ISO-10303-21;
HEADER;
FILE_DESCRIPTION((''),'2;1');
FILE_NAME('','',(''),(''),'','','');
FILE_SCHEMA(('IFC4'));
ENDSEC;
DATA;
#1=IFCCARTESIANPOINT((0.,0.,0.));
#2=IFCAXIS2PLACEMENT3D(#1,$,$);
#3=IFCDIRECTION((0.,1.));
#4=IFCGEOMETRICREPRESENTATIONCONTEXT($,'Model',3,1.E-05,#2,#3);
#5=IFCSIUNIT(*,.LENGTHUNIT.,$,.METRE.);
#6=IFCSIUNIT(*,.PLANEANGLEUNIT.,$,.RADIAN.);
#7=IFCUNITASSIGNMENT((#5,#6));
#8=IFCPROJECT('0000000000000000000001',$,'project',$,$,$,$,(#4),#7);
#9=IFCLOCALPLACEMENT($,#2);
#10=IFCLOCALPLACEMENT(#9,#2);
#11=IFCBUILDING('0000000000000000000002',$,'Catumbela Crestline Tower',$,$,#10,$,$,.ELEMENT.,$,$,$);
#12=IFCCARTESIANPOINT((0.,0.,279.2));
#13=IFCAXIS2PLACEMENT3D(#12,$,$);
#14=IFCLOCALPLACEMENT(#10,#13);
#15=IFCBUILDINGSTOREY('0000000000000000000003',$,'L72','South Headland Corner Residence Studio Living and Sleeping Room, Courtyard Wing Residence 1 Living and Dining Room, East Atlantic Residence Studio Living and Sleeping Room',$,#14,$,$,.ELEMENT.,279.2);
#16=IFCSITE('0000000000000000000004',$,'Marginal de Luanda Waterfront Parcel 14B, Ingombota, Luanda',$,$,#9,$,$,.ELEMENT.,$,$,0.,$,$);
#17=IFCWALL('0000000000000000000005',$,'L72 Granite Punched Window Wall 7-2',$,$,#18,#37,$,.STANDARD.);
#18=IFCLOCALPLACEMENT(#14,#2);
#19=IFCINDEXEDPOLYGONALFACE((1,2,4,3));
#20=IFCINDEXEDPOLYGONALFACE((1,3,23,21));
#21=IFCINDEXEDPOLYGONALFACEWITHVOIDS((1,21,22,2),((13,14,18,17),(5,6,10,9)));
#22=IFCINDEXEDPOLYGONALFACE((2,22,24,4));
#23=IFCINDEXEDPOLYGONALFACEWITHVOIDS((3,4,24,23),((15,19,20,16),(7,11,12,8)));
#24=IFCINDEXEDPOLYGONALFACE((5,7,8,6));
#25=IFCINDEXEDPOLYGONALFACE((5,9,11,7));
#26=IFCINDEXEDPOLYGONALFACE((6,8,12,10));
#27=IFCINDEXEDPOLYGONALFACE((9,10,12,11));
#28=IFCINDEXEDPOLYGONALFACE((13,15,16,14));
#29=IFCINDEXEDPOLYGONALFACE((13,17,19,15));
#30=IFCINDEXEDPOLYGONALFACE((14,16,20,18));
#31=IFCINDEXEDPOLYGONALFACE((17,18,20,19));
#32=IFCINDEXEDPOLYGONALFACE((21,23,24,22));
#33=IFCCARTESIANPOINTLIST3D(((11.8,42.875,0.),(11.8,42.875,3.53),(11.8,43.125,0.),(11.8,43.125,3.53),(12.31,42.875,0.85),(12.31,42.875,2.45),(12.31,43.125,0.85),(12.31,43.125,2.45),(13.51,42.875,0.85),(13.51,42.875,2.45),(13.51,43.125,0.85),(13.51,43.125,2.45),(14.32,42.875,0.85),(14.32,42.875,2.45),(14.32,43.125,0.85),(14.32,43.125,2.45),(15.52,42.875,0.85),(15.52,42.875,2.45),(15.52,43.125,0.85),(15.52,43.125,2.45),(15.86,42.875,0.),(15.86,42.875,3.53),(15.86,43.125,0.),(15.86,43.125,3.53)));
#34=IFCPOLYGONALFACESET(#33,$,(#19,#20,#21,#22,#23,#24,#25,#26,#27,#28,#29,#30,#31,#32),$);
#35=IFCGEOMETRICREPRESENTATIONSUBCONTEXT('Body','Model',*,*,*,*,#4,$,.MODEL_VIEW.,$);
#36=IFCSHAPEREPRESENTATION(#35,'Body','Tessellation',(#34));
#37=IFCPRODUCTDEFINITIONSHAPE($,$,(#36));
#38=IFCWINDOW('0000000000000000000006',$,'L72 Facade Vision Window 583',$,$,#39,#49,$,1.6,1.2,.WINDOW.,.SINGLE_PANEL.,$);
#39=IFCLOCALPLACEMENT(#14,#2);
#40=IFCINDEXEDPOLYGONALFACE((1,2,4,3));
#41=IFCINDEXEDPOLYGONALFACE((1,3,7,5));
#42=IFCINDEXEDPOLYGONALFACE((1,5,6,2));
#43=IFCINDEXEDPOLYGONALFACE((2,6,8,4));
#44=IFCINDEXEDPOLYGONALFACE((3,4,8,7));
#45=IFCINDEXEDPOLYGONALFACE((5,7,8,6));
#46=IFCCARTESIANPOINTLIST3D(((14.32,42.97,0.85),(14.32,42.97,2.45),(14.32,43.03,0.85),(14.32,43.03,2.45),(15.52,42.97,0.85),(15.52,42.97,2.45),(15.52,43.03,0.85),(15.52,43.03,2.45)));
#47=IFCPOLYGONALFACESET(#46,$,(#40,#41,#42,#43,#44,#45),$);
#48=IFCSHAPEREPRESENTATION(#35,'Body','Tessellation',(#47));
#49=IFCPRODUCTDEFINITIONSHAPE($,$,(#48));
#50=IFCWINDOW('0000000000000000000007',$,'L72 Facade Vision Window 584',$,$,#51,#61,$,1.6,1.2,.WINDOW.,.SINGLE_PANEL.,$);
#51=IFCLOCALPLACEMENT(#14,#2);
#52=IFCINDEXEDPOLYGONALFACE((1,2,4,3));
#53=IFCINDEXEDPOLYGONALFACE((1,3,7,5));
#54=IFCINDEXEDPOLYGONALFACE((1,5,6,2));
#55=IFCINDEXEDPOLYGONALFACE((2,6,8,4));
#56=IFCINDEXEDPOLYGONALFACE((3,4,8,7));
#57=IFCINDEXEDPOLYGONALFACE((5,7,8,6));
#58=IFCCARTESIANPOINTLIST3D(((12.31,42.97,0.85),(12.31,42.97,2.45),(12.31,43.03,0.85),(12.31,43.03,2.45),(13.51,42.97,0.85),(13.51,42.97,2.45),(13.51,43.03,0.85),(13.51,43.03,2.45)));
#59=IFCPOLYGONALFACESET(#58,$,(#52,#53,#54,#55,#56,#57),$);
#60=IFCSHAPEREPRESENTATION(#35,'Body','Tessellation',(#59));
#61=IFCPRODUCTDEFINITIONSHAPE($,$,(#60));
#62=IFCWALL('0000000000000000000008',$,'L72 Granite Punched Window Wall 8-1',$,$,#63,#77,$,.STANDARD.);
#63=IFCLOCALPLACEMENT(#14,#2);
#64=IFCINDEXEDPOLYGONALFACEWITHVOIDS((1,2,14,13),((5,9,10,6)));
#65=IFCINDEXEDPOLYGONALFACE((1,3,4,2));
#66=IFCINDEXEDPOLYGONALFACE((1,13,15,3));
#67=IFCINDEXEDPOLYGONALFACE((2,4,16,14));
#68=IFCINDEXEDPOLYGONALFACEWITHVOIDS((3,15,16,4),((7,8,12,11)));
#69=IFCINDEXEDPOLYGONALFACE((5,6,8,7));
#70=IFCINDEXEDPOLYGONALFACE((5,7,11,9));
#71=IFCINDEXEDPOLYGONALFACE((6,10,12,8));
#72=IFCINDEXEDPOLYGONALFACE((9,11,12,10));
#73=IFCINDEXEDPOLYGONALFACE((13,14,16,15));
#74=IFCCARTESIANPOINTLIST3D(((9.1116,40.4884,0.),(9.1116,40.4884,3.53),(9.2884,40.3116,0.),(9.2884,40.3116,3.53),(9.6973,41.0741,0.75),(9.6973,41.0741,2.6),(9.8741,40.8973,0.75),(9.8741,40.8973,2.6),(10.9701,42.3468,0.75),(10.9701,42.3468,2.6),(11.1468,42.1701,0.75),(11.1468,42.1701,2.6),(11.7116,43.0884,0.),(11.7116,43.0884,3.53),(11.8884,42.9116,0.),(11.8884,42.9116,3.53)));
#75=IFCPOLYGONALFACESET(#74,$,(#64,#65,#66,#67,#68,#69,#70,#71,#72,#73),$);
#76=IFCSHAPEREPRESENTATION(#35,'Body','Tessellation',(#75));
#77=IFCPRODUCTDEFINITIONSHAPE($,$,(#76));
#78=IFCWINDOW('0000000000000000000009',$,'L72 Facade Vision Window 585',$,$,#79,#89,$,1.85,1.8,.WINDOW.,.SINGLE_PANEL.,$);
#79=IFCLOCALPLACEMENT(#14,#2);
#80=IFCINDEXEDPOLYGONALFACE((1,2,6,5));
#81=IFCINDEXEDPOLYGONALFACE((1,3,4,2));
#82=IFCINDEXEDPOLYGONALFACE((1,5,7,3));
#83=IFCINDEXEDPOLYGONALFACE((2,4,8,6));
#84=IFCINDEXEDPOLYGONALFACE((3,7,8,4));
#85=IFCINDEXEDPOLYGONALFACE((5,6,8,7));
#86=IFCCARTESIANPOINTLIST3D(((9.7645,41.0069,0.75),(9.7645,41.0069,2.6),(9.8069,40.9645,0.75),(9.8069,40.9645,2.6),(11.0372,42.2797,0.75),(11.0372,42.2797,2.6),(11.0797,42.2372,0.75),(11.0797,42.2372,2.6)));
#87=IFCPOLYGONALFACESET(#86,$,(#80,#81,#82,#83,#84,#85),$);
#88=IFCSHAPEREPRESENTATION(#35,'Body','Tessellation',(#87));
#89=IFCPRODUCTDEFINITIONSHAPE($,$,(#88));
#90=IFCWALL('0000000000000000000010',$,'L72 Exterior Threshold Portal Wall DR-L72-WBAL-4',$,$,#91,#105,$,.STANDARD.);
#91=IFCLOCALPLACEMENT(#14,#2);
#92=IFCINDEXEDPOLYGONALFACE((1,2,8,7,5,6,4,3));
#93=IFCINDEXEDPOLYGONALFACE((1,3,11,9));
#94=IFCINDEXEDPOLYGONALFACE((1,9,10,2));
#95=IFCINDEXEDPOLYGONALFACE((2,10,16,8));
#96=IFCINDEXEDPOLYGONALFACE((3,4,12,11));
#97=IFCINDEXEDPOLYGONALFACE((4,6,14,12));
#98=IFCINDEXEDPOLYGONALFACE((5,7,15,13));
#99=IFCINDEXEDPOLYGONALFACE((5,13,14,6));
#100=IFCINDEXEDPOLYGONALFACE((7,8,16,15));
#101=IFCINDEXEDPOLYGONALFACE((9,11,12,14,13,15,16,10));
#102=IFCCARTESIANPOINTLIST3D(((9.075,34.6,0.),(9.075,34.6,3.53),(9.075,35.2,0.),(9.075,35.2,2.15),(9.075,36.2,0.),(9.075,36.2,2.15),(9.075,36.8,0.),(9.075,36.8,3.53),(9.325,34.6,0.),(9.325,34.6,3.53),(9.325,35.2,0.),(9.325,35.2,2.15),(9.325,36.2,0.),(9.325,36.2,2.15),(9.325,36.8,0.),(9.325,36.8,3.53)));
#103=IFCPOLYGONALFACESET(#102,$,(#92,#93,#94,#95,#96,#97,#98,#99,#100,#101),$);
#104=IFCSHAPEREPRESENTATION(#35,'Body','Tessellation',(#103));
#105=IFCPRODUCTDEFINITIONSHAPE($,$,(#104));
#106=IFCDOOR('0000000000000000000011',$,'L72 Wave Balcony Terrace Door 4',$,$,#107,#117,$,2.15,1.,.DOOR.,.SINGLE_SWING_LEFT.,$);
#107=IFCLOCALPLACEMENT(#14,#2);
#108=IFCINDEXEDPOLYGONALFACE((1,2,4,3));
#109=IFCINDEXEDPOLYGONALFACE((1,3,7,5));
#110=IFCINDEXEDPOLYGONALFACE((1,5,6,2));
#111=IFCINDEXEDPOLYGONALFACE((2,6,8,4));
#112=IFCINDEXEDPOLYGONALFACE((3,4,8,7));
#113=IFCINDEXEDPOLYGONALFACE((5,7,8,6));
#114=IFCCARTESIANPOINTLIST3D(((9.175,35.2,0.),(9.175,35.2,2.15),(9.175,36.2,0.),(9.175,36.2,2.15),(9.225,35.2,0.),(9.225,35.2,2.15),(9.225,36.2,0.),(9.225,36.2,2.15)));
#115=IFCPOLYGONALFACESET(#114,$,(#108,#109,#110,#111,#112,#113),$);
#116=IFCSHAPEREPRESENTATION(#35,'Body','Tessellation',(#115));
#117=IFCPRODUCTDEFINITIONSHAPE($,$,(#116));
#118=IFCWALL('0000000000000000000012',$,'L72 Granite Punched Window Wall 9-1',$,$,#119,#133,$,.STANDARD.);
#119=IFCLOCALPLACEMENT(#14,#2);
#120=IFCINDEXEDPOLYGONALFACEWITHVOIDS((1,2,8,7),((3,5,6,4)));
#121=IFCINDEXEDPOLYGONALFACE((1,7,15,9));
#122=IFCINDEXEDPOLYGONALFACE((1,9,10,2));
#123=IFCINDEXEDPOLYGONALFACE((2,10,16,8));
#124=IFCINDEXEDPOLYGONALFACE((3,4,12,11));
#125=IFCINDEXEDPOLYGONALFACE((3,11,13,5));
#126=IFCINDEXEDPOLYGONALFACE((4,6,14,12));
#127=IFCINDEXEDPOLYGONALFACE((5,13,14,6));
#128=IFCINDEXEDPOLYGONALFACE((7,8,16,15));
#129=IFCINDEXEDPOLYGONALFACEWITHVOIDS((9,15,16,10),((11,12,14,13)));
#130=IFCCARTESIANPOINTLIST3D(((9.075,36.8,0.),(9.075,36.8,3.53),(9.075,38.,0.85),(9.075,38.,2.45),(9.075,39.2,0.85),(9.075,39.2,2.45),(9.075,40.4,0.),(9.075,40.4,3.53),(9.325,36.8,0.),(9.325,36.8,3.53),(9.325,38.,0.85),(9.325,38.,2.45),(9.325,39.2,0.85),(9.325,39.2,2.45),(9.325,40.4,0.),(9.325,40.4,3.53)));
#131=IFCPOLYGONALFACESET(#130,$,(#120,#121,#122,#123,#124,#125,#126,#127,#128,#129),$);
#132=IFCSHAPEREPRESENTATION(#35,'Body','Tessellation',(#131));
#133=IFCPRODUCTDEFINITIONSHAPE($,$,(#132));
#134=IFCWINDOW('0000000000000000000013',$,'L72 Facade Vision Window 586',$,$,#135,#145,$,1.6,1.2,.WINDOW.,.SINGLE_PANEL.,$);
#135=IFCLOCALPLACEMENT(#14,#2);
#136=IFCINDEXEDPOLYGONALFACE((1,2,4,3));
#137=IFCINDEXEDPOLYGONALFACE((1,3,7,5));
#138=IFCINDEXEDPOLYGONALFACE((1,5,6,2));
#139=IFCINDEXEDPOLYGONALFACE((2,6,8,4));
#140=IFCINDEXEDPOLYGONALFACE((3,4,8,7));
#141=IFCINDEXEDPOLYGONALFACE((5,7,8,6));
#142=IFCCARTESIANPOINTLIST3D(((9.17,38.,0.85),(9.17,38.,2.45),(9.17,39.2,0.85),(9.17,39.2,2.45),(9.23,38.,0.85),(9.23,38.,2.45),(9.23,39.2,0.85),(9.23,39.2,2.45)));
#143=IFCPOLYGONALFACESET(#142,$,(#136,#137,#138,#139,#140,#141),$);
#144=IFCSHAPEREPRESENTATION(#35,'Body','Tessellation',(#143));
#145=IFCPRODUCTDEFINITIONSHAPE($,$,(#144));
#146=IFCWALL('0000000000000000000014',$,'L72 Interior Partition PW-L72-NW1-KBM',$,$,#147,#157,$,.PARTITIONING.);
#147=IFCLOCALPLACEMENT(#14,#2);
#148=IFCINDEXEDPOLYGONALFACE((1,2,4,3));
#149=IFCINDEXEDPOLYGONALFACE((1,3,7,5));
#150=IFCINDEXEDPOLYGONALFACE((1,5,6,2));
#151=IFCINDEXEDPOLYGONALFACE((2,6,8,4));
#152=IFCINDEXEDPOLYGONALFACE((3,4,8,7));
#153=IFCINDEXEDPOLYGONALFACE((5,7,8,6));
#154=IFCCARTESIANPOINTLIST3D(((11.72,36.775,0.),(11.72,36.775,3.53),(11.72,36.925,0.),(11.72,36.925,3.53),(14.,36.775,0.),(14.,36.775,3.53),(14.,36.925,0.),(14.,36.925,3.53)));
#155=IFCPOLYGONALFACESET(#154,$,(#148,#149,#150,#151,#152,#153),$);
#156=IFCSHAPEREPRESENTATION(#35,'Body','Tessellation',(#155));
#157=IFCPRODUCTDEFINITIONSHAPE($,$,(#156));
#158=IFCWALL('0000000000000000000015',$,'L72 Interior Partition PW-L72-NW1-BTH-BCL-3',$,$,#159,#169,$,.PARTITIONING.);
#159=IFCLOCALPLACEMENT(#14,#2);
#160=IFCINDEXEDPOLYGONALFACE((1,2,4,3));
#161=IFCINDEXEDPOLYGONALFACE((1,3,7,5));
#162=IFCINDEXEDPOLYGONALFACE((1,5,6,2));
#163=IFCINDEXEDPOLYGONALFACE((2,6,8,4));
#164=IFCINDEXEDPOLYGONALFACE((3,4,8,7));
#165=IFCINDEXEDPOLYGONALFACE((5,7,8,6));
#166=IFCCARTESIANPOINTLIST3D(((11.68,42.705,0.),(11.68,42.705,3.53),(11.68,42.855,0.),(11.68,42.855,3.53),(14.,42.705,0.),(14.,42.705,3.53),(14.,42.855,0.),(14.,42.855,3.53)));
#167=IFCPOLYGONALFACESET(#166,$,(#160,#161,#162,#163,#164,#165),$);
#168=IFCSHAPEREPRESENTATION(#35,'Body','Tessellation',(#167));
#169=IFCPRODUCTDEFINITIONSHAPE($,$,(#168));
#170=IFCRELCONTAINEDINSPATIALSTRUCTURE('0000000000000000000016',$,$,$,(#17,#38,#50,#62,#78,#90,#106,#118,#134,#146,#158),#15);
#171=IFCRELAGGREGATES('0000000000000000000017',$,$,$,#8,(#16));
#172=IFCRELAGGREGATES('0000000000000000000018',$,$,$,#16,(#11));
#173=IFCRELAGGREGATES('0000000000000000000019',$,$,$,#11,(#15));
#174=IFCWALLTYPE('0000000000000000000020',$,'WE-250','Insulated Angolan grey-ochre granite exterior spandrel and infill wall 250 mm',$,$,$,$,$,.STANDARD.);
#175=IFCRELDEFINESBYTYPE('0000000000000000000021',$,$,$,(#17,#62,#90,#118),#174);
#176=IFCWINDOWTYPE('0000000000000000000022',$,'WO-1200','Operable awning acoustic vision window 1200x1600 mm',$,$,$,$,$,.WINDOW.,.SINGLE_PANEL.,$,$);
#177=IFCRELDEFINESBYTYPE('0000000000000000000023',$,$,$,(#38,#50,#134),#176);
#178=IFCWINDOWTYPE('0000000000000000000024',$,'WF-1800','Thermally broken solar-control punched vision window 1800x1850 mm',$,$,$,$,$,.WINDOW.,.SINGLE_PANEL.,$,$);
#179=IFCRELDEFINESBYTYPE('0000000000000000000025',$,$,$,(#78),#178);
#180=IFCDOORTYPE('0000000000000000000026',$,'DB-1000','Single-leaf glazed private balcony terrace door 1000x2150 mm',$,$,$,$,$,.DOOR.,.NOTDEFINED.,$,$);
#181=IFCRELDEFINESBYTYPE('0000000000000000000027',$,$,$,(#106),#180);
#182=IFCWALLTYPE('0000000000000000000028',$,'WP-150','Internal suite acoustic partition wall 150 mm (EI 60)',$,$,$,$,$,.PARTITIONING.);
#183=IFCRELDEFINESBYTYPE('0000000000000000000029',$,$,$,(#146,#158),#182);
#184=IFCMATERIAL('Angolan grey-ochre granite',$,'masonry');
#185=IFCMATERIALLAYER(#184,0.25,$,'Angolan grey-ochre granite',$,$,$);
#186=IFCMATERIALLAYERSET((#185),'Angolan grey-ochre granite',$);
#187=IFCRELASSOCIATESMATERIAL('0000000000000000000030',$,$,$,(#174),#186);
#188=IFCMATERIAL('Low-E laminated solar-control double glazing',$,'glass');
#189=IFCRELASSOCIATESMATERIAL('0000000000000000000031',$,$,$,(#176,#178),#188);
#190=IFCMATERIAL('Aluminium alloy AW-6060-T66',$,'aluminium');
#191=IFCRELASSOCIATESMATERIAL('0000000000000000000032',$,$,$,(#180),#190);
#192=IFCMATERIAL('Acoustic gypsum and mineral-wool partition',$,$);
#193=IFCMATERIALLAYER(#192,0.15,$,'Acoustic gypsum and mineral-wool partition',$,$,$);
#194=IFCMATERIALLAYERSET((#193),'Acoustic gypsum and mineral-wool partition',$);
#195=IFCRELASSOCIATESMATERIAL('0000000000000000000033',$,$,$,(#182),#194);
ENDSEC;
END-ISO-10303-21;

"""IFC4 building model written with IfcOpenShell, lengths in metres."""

from ifc_helpers import new_model, si_unit, direction, frame, frame_2d, origin, place, context, subcontext, project, spatial, rectangle, extrude, material, layer, layer_set, type_object, element, fill, save


model = new_model("IFC4")

# Units and contexts
model_context = context("Model", 3, precision=1e-05, world=origin(), true_north=direction((0.0, 1.0)))
body_context = subcontext(model_context, "Body", "Model", "MODEL_VIEW")
ifc_project = project(units=[si_unit("LENGTHUNIT", "METRE"), si_unit("PLANEANGLEUNIT", "RADIAN")], contexts=[model_context])

# Site, building, storey
site_placement = place(None, origin())
site = spatial("IfcSite", under=ifc_project, at=site_placement, Name="Marginal de Luanda Waterfront Parcel 14B, Ingombota, Luanda", CompositionType="ELEMENT", RefElevation=0.0)
building_placement = place(site_placement, origin())
building = spatial("IfcBuilding", under=site, at=building_placement, Name="Catumbela Crestline Tower", CompositionType="ELEMENT")
storey_placement = place(building_placement, frame((0.0, 0.0, 279.2)))
storey = spatial("IfcBuildingStorey", under=building, at=storey_placement, Name="L72", Description="South Headland Corner Residence Studio Living and Sleeping Room, Courtyard Wing Residence 1 Living and Dining Room, East Atlantic Residence Studio Living and Sleeping Room", CompositionType="ELEMENT", Elevation=279.2)

# Shared definitions
ifc_material_1 = material(Name="Aluminium alloy AW-6060-T66", Category="aluminium")
ifc_material_2 = material(Name="Low-E laminated solar-control double glazing", Category="glass")

# Wall, openings, windows
ifc_material_3 = material(Name="Angolan grey-ochre granite", Category="masonry")
ifc_layer_1 = layer(ifc_material_3, 0.25, Name="Angolan grey-ochre granite")
ifc_layer_set_1 = layer_set([ifc_layer_1], Name="Angolan grey-ochre granite")
wall_type_1 = type_object("IfcWallType", Name="WE-250", Description="Insulated Angolan grey-ochre granite exterior spandrel and infill wall 250 mm", PredefinedType="STANDARD", material=ifc_layer_set_1)
wall_1_placement = place(storey_placement, frame((15.86, 43.0, 0.0), z_axis=(0.0, 0.0, 1.0), x_axis=(-1.0, 0.0, 0.0)))
wall_1 = element("IfcWall", 1, at=wall_1_placement, inside=storey, type_object=wall_type_1, Name="L72 Granite Punched Window Wall 7-2", PredefinedType="STANDARD", context=body_context, shape_type="SweptSolid", body=[
    extrude(rectangle(XDim=4.06, YDim=0.25, at=frame_2d((2.03, 0.0))), origin(), (0.0, 0.0, 1.0), 3.53),
])
opening_1_placement = place(wall_1_placement, frame((0.34, 0.0, 0.85)))
opening_1 = element("IfcOpeningElement", 2, at=opening_1_placement, cuts=wall_1, PredefinedType="OPENING", context=body_context, shape_type="SweptSolid", body=[
    extrude(rectangle(XDim=1.2, YDim=1.6, at=frame_2d((0.6, 0.8))), frame((0.0, 0.135, 0.0), z_axis=(0.0, -1.0, 0.0), x_axis=(1.0, 0.0, 0.0)), (0.0, 0.0, 1.0), 0.27),
])
opening_2_placement = place(wall_1_placement, frame((2.35, 0.0, 0.85)))
opening_2 = element("IfcOpeningElement", 3, at=opening_2_placement, cuts=wall_1, PredefinedType="OPENING", context=body_context, shape_type="SweptSolid", body=[
    extrude(rectangle(XDim=1.2, YDim=1.6, at=frame_2d((0.6, 0.8))), frame((0.0, 0.135, 0.0), z_axis=(0.0, -1.0, 0.0), x_axis=(1.0, 0.0, 0.0)), (0.0, 0.0, 1.0), 0.27),
])
window_type_1 = type_object("IfcWindowType", Name="WO-1200", Description="Operable awning acoustic vision window 1200x1600 mm", PartitioningType="SINGLE_PANEL", PredefinedType="WINDOW", material=ifc_material_2)
window_1_placement = place(opening_1_placement, origin())
window_1 = element("IfcWindow", 4, at=window_1_placement, inside=storey, type_object=window_type_1, Name="L72 Facade Vision Window 583", OverallHeight=1.6, OverallWidth=1.2, PartitioningType="SINGLE_PANEL", PredefinedType="WINDOW", context=body_context, shape_type="SweptSolid", body=[
    extrude(rectangle(XDim=1.2, YDim=1.6, at=frame_2d((0.6, 0.8))), frame((0.0, 0.03, 0.0), z_axis=(0.0, -1.0, 0.0), x_axis=(1.0, 0.0, 0.0)), (0.0, 0.0, 1.0), 0.06),
])
fill(opening_1, window_1)
window_2_placement = place(opening_2_placement, origin())
window_2 = element("IfcWindow", 5, at=window_2_placement, inside=storey, type_object=window_type_1, Name="L72 Facade Vision Window 584", OverallHeight=1.6, OverallWidth=1.2, PartitioningType="SINGLE_PANEL", PredefinedType="WINDOW", context=body_context, shape_type="SweptSolid", body=[
    extrude(rectangle(XDim=1.2, YDim=1.6, at=frame_2d((0.6, 0.8))), frame((0.0, 0.03, 0.0), z_axis=(0.0, -1.0, 0.0), x_axis=(1.0, 0.0, 0.0)), (0.0, 0.0, 1.0), 0.06),
])
fill(opening_2, window_2)

# Wall, opening, window
wall_2_placement = place(storey_placement, frame((11.8, 43.0, 0.0), z_axis=(0.0, 0.0, 1.0), x_axis=(-0.707107, -0.707107, 0.0)))
wall_2 = element("IfcWall", 6, at=wall_2_placement, inside=storey, type_object=wall_type_1, Name="L72 Granite Punched Window Wall 8-1", PredefinedType="STANDARD", context=body_context, shape_type="SweptSolid", body=[
    extrude(rectangle(XDim=3.677, YDim=0.25, at=frame_2d((1.8385, 0.0))), origin(), (0.0, 0.0, 1.0), 3.53),
])
opening_3_placement = place(wall_2_placement, frame((1.0487, 0.0, 0.75)))
opening_3 = element("IfcOpeningElement", 7, at=opening_3_placement, cuts=wall_2, PredefinedType="OPENING", context=body_context, shape_type="SweptSolid", body=[
    extrude(rectangle(XDim=1.8, YDim=1.85, at=frame_2d((0.9, 0.925))), frame((0.0, 0.135, 0.0), z_axis=(0.0, -1.0, 0.0), x_axis=(1.0, 0.0, 0.0)), (0.0, 0.0, 1.0), 0.27),
])
window_type_2 = type_object("IfcWindowType", Name="WF-1800", Description="Thermally broken solar-control punched vision window 1800x1850 mm", PartitioningType="SINGLE_PANEL", PredefinedType="WINDOW", material=ifc_material_2)
window_3_placement = place(opening_3_placement, origin())
window_3 = element("IfcWindow", 8, at=window_3_placement, inside=storey, type_object=window_type_2, Name="L72 Facade Vision Window 585", OverallHeight=1.85, OverallWidth=1.8, PartitioningType="SINGLE_PANEL", PredefinedType="WINDOW", context=body_context, shape_type="SweptSolid", body=[
    extrude(rectangle(XDim=1.8, YDim=1.85, at=frame_2d((0.9, 0.925))), frame((0.0, 0.03, 0.0), z_axis=(0.0, -1.0, 0.0), x_axis=(1.0, 0.0, 0.0)), (0.0, 0.0, 1.0), 0.06),
])
fill(opening_3, window_3)

# Wall, opening, door
wall_3_placement = place(storey_placement, frame((9.2, 36.8, 0.0), z_axis=(0.0, 0.0, 1.0), x_axis=(0.0, -1.0, 0.0)))
wall_3 = element("IfcWall", 9, at=wall_3_placement, inside=storey, type_object=wall_type_1, Name="L72 Exterior Threshold Portal Wall DR-L72-WBAL-4", PredefinedType="STANDARD", context=body_context, shape_type="SweptSolid", body=[
    extrude(rectangle(XDim=2.2, YDim=0.25, at=frame_2d((1.1, 0.0))), origin(), (0.0, 0.0, 1.0), 3.53),
])
opening_4_placement = place(wall_3_placement, frame((0.6, 0.0, 0.0)))
opening_4 = element("IfcOpeningElement", 10, at=opening_4_placement, cuts=wall_3, PredefinedType="OPENING", context=body_context, shape_type="SweptSolid", body=[
    extrude(rectangle(XDim=1.0, YDim=2.15, at=frame_2d((0.5, 1.075))), frame((0.0, 0.135, 0.0), z_axis=(0.0, -1.0, 0.0), x_axis=(1.0, 0.0, 0.0)), (0.0, 0.0, 1.0), 0.27),
])
door_type = type_object("IfcDoorType", Name="DB-1000", Description="Single-leaf glazed private balcony terrace door 1000x2150 mm", OperationType="NOTDEFINED", PredefinedType="DOOR", material=ifc_material_1)
door_placement = place(opening_4_placement, origin())
door = element("IfcDoor", 11, at=door_placement, inside=storey, type_object=door_type, Name="L72 Wave Balcony Terrace Door 4", OperationType="SINGLE_SWING_LEFT", OverallHeight=2.15, OverallWidth=1.0, PredefinedType="DOOR", context=body_context, shape_type="SweptSolid", body=[
    extrude(rectangle(XDim=1.0, YDim=2.15, at=frame_2d((0.5, 1.075))), frame((0.0, 0.025, 0.0), z_axis=(0.0, -1.0, 0.0), x_axis=(1.0, 0.0, 0.0)), (0.0, 0.0, 1.0), 0.05),
])
fill(opening_4, door)

# Wall, opening, window
wall_4_placement = place(storey_placement, frame((9.2, 40.4, 0.0), z_axis=(0.0, 0.0, 1.0), x_axis=(0.0, -1.0, 0.0)))
wall_4 = element("IfcWall", 12, at=wall_4_placement, inside=storey, type_object=wall_type_1, Name="L72 Granite Punched Window Wall 9-1", PredefinedType="STANDARD", context=body_context, shape_type="SweptSolid", body=[
    extrude(rectangle(XDim=3.6, YDim=0.25, at=frame_2d((1.8, 0.0))), origin(), (0.0, 0.0, 1.0), 3.53),
])
opening_5_placement = place(wall_4_placement, frame((1.2, 0.0, 0.85)))
opening_5 = element("IfcOpeningElement", 13, at=opening_5_placement, cuts=wall_4, PredefinedType="OPENING", context=body_context, shape_type="SweptSolid", body=[
    extrude(rectangle(XDim=1.2, YDim=1.6, at=frame_2d((0.6, 0.8))), frame((0.0, 0.135, 0.0), z_axis=(0.0, -1.0, 0.0), x_axis=(1.0, 0.0, 0.0)), (0.0, 0.0, 1.0), 0.27),
])
window_4_placement = place(opening_5_placement, origin())
window_4 = element("IfcWindow", 14, at=window_4_placement, inside=storey, type_object=window_type_1, Name="L72 Facade Vision Window 586", OverallHeight=1.6, OverallWidth=1.2, PartitioningType="SINGLE_PANEL", PredefinedType="WINDOW", context=body_context, shape_type="SweptSolid", body=[
    extrude(rectangle(XDim=1.2, YDim=1.6, at=frame_2d((0.6, 0.8))), frame((0.0, 0.03, 0.0), z_axis=(0.0, -1.0, 0.0), x_axis=(1.0, 0.0, 0.0)), (0.0, 0.0, 1.0), 0.06),
])
fill(opening_5, window_4)

# Walls
ifc_material_4 = material(Name="Acoustic gypsum and mineral-wool partition")
ifc_layer_2 = layer(ifc_material_4, 0.15, Name="Acoustic gypsum and mineral-wool partition")
ifc_layer_set_2 = layer_set([ifc_layer_2], Name="Acoustic gypsum and mineral-wool partition")
wall_type_2 = type_object("IfcWallType", Name="WP-150", Description="Internal suite acoustic partition wall 150 mm (EI 60)", PredefinedType="PARTITIONING", material=ifc_layer_set_2)
wall_5_placement = place(storey_placement, frame((11.72, 36.85, 0.0), z_axis=(0.0, 0.0, 1.0), x_axis=(1.0, 0.0, 0.0)))
element("IfcWall", 15, at=wall_5_placement, inside=storey, type_object=wall_type_2, Name="L72 Interior Partition PW-L72-NW1-KBM", PredefinedType="PARTITIONING", context=body_context, shape_type="SweptSolid", body=[
    extrude(rectangle(XDim=2.28, YDim=0.15, at=frame_2d((1.14, 0.0))), origin(), (0.0, 0.0, 1.0), 3.53),
])
wall_6_placement = place(storey_placement, frame((11.68, 42.78, 0.0), z_axis=(0.0, 0.0, 1.0), x_axis=(1.0, 0.0, 0.0)))
element("IfcWall", 16, at=wall_6_placement, inside=storey, type_object=wall_type_2, Name="L72 Interior Partition PW-L72-NW1-BTH-BCL-3", PredefinedType="PARTITIONING", context=body_context, shape_type="SweptSolid", body=[
    extrude(rectangle(XDim=2.32, YDim=0.15, at=frame_2d((1.16, 0.0))), origin(), (0.0, 0.0, 1.0), 3.53),
])

save(model, "model.ifc")
